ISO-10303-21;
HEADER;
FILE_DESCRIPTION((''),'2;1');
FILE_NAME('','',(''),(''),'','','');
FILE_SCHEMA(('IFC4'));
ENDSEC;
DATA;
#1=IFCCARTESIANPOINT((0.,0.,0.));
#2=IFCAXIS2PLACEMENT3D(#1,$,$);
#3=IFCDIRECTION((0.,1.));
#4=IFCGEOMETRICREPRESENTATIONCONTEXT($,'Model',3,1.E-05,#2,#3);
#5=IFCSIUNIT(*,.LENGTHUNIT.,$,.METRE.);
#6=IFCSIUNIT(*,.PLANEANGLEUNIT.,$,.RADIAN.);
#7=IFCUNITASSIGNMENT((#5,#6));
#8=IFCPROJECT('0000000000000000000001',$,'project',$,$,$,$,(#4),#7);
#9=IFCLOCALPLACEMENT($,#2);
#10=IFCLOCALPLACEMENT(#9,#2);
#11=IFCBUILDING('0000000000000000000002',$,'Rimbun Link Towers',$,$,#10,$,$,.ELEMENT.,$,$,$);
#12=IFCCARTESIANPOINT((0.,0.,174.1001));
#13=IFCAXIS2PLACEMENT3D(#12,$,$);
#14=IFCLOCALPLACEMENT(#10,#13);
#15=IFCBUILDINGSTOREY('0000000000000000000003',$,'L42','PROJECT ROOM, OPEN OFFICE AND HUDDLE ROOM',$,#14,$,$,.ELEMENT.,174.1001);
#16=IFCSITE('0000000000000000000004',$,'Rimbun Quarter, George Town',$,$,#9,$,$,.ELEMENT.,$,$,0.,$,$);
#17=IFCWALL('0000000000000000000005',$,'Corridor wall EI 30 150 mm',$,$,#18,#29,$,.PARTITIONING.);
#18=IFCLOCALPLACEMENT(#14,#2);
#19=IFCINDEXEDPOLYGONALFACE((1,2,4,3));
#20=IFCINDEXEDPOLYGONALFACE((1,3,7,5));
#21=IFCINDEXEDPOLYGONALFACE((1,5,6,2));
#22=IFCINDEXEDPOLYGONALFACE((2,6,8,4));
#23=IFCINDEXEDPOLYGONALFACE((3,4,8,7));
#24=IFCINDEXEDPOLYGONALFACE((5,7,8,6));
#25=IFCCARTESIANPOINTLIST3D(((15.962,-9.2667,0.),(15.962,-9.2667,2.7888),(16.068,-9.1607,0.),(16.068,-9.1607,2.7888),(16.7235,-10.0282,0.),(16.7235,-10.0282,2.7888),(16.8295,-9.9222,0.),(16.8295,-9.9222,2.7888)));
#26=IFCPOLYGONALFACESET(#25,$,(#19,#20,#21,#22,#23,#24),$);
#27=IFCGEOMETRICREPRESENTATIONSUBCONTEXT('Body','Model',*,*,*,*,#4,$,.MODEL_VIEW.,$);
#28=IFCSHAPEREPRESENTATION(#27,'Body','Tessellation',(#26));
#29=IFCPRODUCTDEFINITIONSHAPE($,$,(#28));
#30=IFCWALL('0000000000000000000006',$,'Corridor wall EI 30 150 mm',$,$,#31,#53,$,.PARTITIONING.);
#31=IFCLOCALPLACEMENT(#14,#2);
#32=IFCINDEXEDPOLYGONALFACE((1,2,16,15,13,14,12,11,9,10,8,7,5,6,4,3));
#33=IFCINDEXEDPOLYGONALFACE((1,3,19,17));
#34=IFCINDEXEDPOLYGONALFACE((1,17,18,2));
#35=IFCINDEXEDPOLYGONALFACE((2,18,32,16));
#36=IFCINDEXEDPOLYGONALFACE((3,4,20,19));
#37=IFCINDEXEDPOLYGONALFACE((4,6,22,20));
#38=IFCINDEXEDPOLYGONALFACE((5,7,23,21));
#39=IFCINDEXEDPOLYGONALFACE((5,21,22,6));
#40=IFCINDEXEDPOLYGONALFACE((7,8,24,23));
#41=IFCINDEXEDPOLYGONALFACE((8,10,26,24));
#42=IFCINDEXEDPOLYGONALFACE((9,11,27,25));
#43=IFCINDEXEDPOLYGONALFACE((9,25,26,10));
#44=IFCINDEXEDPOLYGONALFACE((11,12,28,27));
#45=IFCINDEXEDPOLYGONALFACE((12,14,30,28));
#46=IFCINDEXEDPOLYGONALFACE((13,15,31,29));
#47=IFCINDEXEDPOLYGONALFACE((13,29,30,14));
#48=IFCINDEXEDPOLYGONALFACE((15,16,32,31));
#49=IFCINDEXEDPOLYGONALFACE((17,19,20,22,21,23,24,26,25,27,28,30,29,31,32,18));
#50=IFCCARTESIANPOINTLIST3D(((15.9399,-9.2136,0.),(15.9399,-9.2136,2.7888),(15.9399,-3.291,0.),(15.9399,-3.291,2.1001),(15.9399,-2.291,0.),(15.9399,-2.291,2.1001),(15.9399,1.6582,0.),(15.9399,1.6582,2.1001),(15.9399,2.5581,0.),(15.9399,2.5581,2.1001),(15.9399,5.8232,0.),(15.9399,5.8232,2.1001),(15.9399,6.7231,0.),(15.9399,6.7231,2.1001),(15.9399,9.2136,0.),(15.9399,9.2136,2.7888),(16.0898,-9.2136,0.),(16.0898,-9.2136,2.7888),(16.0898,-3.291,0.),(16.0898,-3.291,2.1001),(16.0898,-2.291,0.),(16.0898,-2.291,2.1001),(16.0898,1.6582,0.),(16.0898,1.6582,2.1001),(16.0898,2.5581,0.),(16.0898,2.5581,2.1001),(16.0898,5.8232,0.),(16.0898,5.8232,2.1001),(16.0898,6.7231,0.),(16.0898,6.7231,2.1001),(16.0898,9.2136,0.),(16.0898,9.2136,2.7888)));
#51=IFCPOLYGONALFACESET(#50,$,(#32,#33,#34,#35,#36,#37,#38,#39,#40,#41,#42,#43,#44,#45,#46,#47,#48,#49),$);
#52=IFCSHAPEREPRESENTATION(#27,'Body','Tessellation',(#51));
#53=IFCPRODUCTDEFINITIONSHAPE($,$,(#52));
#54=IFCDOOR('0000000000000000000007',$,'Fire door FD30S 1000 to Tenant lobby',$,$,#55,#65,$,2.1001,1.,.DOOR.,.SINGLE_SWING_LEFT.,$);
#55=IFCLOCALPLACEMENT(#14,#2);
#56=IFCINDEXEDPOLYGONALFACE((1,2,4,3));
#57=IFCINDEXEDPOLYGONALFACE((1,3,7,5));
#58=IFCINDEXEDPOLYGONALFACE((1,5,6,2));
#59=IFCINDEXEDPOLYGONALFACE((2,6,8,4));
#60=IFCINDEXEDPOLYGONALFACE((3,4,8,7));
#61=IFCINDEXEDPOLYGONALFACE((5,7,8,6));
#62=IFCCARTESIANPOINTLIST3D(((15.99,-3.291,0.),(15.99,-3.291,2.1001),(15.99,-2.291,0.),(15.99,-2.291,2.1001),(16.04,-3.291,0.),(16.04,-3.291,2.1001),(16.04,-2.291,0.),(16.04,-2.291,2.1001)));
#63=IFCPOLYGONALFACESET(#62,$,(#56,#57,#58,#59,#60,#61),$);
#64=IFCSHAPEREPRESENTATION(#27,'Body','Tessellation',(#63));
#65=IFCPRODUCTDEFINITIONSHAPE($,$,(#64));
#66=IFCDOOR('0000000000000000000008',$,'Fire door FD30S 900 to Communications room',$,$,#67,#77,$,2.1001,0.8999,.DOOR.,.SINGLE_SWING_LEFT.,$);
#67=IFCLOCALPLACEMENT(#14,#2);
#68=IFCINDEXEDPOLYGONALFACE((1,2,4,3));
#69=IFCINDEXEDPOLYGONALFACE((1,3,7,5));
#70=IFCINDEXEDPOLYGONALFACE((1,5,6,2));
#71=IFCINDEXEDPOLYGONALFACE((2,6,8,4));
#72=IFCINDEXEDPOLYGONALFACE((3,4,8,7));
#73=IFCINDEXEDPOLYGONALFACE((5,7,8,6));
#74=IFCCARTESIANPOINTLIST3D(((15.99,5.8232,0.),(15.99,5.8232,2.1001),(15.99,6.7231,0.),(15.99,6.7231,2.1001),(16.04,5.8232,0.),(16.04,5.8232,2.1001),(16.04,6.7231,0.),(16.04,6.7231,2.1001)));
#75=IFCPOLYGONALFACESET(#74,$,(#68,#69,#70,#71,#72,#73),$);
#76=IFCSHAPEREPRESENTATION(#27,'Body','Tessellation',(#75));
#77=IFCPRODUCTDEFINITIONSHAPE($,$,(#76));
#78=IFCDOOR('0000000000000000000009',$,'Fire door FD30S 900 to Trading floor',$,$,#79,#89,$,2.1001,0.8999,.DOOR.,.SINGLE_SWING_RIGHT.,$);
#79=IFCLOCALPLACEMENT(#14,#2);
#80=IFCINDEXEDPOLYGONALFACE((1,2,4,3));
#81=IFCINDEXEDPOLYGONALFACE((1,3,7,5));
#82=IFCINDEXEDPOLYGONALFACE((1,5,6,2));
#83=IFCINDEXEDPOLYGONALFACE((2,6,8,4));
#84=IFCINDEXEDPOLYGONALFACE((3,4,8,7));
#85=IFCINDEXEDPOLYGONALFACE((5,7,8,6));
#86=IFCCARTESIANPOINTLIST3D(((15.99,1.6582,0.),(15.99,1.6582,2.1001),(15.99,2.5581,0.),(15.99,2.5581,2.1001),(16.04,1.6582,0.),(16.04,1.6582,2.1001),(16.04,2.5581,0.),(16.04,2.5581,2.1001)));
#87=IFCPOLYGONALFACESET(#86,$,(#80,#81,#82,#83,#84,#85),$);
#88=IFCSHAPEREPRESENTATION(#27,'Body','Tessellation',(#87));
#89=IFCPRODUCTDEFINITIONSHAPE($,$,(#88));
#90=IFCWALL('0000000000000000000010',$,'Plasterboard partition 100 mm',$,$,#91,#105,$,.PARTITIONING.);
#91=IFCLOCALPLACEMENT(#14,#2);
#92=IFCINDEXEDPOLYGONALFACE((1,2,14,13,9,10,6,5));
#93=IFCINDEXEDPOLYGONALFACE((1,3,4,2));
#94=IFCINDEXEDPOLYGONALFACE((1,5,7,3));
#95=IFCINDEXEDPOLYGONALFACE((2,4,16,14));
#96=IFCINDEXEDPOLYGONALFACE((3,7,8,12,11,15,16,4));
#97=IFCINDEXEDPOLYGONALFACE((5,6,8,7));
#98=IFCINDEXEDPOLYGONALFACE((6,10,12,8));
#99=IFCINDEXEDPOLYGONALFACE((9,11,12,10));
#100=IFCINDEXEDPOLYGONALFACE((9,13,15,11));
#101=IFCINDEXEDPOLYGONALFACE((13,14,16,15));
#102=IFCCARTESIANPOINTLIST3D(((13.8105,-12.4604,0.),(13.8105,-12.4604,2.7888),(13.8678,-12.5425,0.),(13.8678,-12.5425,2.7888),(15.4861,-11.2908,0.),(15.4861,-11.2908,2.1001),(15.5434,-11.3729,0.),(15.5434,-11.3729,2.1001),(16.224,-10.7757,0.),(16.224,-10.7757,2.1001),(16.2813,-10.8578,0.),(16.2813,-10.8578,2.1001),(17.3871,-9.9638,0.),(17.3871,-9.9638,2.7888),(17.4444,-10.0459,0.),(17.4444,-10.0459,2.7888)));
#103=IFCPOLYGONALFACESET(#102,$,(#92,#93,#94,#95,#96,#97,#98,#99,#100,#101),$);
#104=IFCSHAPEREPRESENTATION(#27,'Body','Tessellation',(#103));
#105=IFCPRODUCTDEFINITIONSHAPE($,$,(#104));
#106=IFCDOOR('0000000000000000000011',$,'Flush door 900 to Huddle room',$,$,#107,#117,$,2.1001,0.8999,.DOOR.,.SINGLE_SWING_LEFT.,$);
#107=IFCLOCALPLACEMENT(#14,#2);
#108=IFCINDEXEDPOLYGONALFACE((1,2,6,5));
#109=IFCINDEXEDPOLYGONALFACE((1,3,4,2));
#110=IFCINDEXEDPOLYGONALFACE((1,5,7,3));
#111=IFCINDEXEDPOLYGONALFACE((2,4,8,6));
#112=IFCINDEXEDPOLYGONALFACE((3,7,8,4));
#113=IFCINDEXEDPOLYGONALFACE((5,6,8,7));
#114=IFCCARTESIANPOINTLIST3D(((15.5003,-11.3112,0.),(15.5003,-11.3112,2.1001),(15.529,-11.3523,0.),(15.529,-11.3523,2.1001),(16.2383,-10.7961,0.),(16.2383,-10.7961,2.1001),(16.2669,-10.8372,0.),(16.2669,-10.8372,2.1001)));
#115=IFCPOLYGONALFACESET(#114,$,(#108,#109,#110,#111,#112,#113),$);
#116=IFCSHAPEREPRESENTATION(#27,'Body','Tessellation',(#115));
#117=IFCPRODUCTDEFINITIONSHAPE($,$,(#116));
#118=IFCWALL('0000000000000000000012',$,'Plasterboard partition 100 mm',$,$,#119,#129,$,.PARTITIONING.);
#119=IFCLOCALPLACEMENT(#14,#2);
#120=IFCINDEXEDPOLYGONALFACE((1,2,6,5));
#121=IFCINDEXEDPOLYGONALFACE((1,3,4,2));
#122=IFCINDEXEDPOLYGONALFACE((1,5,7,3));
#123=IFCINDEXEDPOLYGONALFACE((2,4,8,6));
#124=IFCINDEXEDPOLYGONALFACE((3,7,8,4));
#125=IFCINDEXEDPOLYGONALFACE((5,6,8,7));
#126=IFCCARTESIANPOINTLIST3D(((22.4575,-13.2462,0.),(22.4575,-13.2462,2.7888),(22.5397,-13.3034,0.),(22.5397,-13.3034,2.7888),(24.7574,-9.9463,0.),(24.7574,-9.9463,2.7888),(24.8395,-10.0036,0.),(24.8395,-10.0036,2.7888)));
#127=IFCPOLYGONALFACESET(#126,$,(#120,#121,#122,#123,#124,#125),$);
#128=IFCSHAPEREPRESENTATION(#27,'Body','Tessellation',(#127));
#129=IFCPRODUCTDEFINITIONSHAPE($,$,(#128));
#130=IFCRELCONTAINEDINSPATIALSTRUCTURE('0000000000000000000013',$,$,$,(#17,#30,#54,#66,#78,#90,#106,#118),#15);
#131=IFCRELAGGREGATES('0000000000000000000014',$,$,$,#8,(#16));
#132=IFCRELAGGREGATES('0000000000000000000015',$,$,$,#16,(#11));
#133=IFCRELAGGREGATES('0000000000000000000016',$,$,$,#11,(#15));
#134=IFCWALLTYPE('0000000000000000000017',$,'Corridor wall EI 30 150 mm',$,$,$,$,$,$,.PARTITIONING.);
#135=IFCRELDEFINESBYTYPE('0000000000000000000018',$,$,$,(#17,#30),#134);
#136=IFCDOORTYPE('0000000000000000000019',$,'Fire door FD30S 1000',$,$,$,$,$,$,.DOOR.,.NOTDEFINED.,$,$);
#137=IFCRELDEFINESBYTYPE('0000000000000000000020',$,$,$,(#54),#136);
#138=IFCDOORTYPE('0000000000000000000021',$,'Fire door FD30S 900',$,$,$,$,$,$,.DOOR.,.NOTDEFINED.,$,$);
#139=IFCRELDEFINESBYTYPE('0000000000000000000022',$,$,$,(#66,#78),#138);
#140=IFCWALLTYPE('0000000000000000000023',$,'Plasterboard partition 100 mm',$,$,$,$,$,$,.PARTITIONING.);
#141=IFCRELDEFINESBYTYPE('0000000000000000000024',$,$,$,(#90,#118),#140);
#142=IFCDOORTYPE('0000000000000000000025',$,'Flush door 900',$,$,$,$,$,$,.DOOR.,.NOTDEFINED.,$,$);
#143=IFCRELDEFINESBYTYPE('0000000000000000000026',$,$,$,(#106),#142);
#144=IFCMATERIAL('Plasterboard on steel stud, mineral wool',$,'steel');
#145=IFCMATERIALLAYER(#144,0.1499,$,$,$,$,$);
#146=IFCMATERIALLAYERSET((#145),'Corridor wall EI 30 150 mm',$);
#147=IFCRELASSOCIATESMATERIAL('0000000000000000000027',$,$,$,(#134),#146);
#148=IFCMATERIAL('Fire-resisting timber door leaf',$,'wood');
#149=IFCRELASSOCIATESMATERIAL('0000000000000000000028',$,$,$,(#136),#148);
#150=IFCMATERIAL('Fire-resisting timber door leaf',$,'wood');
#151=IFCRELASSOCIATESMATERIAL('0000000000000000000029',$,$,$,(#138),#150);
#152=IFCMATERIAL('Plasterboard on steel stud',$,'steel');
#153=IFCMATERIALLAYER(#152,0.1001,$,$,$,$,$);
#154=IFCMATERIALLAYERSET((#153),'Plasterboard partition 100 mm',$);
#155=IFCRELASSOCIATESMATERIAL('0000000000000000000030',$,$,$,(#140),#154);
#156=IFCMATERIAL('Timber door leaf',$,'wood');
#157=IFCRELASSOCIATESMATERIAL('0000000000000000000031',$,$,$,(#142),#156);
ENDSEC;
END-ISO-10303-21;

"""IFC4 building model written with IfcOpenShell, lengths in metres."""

from ifc_helpers import new_model, si_unit, direction, frame, frame_2d, origin, place, context, subcontext, project, spatial, rectangle, extrude, material, layer, layer_set, type_object, element, fill, save


model = new_model("IFC4")

# Units and contexts
model_context = context("Model", 3, precision=1e-05, world=origin(), true_north=direction((0.0, 1.0)))
body_context = subcontext(model_context, "Body", "Model", "MODEL_VIEW")
ifc_project = project(units=[si_unit("LENGTHUNIT", "METRE"), si_unit("PLANEANGLEUNIT", "RADIAN")], contexts=[model_context])

# Site, building, storey
site_placement = place(None, origin())
site = spatial("IfcSite", under=ifc_project, at=site_placement, Name="Rimbun Quarter, George Town", CompositionType="ELEMENT", RefElevation=0.0)
building_placement = place(site_placement, origin())
building = spatial("IfcBuilding", under=site, at=building_placement, Name="Rimbun Link Towers", CompositionType="ELEMENT")
storey_placement = place(building_placement, frame((0.0, 0.0, 174.1001)))
storey = spatial("IfcBuildingStorey", under=building, at=storey_placement, Name="L42", Description="PROJECT ROOM, OPEN OFFICE AND HUDDLE ROOM", CompositionType="ELEMENT", Elevation=174.1001)

# Wall
ifc_material_1 = material(Name="Plasterboard on steel stud, mineral wool", Category="steel")
ifc_layer_1 = layer(ifc_material_1, 0.1499)
ifc_layer_set_1 = layer_set([ifc_layer_1], Name="Corridor wall EI 30 150 mm")
wall_type_1 = type_object("IfcWallType", Name="Corridor wall EI 30 150 mm", PredefinedType="PARTITIONING", material=ifc_layer_set_1)
wall_1_placement = place(storey_placement, frame((16.0149, -9.2136, 0.0), z_axis=(0.0, 0.0, 1.0), x_axis=(0.707107, -0.707107, 0.0)))
element("IfcWall", 1, at=wall_1_placement, inside=storey, type_object=wall_type_1, Name="Corridor wall EI 30 150 mm", PredefinedType="PARTITIONING", context=body_context, shape_type="SweptSolid", body=[
    extrude(rectangle(XDim=1.0769, YDim=0.1499, at=frame_2d((0.5386, 0.0))), origin(), (0.0, 0.0, 1.0), 2.7888),
])

# Wall, openings, doors
wall_2_placement = place(storey_placement, frame((16.0149, -9.2136, 0.0), z_axis=(0.0, 0.0, 1.0), x_axis=(0.0, 1.0, 0.0)))
wall_2 = element("IfcWall", 2, at=wall_2_placement, inside=storey, type_object=wall_type_1, Name="Corridor wall EI 30 150 mm", PredefinedType="PARTITIONING", context=body_context, shape_type="SweptSolid", body=[
    extrude(rectangle(XDim=18.4272, YDim=0.1499, at=frame_2d((9.2136, 0.0))), origin(), (0.0, 0.0, 1.0), 2.7888),
])
opening_1_placement = place(wall_2_placement, frame((15.0369, 0.0, 0.0)))
opening_1 = element("IfcOpeningElement", 3, at=opening_1_placement, cuts=wall_2, PredefinedType="OPENING", context=body_context, shape_type="SweptSolid", body=[
    extrude(rectangle(XDim=0.8999, YDim=2.1001, at=frame_2d((0.45, 1.05))), frame((0.0, 0.085, 0.0), z_axis=(0.0, -1.0, 0.0), x_axis=(1.0, 0.0, 0.0)), (0.0, 0.0, 1.0), 0.1699),
])
opening_2_placement = place(wall_2_placement, frame((10.8718, 0.0, 0.0)))
opening_2 = element("IfcOpeningElement", 4, at=opening_2_placement, cuts=wall_2, PredefinedType="OPENING", context=body_context, shape_type="SweptSolid", body=[
    extrude(rectangle(XDim=0.8999, YDim=2.1001, at=frame_2d((0.45, 1.05))), frame((0.0, 0.085, 0.0), z_axis=(0.0, -1.0, 0.0), x_axis=(1.0, 0.0, 0.0)), (0.0, 0.0, 1.0), 0.1699),
])
opening_3_placement = place(wall_2_placement, frame((5.9226, 0.0, 0.0)))
opening_3 = element("IfcOpeningElement", 5, at=opening_3_placement, cuts=wall_2, PredefinedType="OPENING", context=body_context, shape_type="SweptSolid", body=[
    extrude(rectangle(XDim=1.0, YDim=2.1001, at=frame_2d((0.5, 1.05))), frame((0.0, 0.085, 0.0), z_axis=(0.0, -1.0, 0.0), x_axis=(1.0, 0.0, 0.0)), (0.0, 0.0, 1.0), 0.1699),
])
ifc_material_2 = material(Name="Fire-resisting timber door leaf", Category="wood")
door_type_1 = type_object("IfcDoorType", Name="Fire door FD30S 1000", OperationType="NOTDEFINED", PredefinedType="DOOR", material=ifc_material_2)
door_1_placement = place(opening_3_placement, origin())
door_1 = element("IfcDoor", 6, at=door_1_placement, inside=storey, type_object=door_type_1, Name="Fire door FD30S 1000 to Tenant lobby", OperationType="SINGLE_SWING_LEFT", OverallHeight=2.1001, OverallWidth=1.0, PredefinedType="DOOR", context=body_context, shape_type="SweptSolid", body=[
    extrude(rectangle(XDim=1.0, YDim=2.1001, at=frame_2d((0.5, 1.05))), frame((0.0, 0.0249, 0.0), z_axis=(0.0, -1.0, 0.0), x_axis=(1.0, 0.0, 0.0)), (0.0, 0.0, 1.0), 0.05),
])
fill(opening_3, door_1)
ifc_material_3 = material(Name="Fire-resisting timber door leaf", Category="wood")
door_type_2 = type_object("IfcDoorType", Name="Fire door FD30S 900", OperationType="NOTDEFINED", PredefinedType="DOOR", material=ifc_material_3)
door_2_placement = place(opening_1_placement, origin())
door_2 = element("IfcDoor", 7, at=door_2_placement, inside=storey, type_object=door_type_2, Name="Fire door FD30S 900 to Communications room", OperationType="SINGLE_SWING_LEFT", OverallHeight=2.1001, OverallWidth=0.8999, PredefinedType="DOOR", context=body_context, shape_type="SweptSolid", body=[
    extrude(rectangle(XDim=0.8999, YDim=2.1001, at=frame_2d((0.45, 1.05))), frame((0.0, 0.0249, 0.0), z_axis=(0.0, -1.0, 0.0), x_axis=(1.0, 0.0, 0.0)), (0.0, 0.0, 1.0), 0.05),
])
fill(opening_1, door_2)
door_3_placement = place(opening_2_placement, origin())
door_3 = element("IfcDoor", 8, at=door_3_placement, inside=storey, type_object=door_type_2, Name="Fire door FD30S 900 to Trading floor", OperationType="SINGLE_SWING_RIGHT", OverallHeight=2.1001, OverallWidth=0.8999, PredefinedType="DOOR", context=body_context, shape_type="SweptSolid", body=[
    extrude(rectangle(XDim=0.8999, YDim=2.1001, at=frame_2d((0.45, 1.05))), frame((0.0, 0.0249, 0.0), z_axis=(0.0, -1.0, 0.0), x_axis=(1.0, 0.0, 0.0)), (0.0, 0.0, 1.0), 0.05),
])
fill(opening_2, door_3)

# Wall, opening, door
ifc_material_4 = material(Name="Plasterboard on steel stud", Category="steel")
ifc_layer_2 = layer(ifc_material_4, 0.1001)
ifc_layer_set_2 = layer_set([ifc_layer_2], Name="Plasterboard partition 100 mm")
wall_type_2 = type_object("IfcWallType", Name="Plasterboard partition 100 mm", PredefinedType="PARTITIONING", material=ifc_layer_set_2)
wall_3_placement = place(storey_placement, frame((17.4158, -10.0049, 0.0), z_axis=(0.0, 0.0, 1.0), x_axis=(-0.819994, -0.572372, 0.0)))
wall_3 = element("IfcWall", 9, at=wall_3_placement, inside=storey, type_object=wall_type_2, Name="Plasterboard partition 100 mm", PredefinedType="PARTITIONING", context=body_context, shape_type="SweptSolid", body=[
    extrude(rectangle(XDim=4.3618, YDim=0.1001, at=frame_2d((2.1809, 0.0))), origin(), (0.0, 0.0, 1.0), 2.7888),
])
opening_4_placement = place(wall_3_placement, frame((1.4185, 0.0, 0.0)))
opening_4 = element("IfcOpeningElement", 10, at=opening_4_placement, cuts=wall_3, PredefinedType="OPENING", context=body_context, shape_type="SweptSolid", body=[
    extrude(rectangle(XDim=0.8999, YDim=2.1001, at=frame_2d((0.45, 1.05))), frame((0.0, 0.0601, 0.0), z_axis=(0.0, -1.0, 0.0), x_axis=(1.0, 0.0, 0.0)), (0.0, 0.0, 1.0), 0.1201),
])
ifc_material_5 = material(Name="Timber door leaf", Category="wood")
door_type_3 = type_object("IfcDoorType", Name="Flush door 900", OperationType="NOTDEFINED", PredefinedType="DOOR", material=ifc_material_5)
door_4_placement = place(opening_4_placement, origin())
door_4 = element("IfcDoor", 11, at=door_4_placement, inside=storey, type_object=door_type_3, Name="Flush door 900 to Huddle room", OperationType="SINGLE_SWING_LEFT", OverallHeight=2.1001, OverallWidth=0.8999, PredefinedType="DOOR", context=body_context, shape_type="SweptSolid", body=[
    extrude(rectangle(XDim=0.8999, YDim=2.1001, at=frame_2d((0.45, 1.05))), frame((0.0, 0.0249, 0.0), z_axis=(0.0, -1.0, 0.0), x_axis=(1.0, 0.0, 0.0)), (0.0, 0.0, 1.0), 0.05),
])
fill(opening_4, door_4)

# Wall
wall_4_placement = place(storey_placement, frame((22.4985, -13.2749, 0.0), z_axis=(0.0, 0.0, 1.0), x_axis=(0.571783, 0.820405, 0.0)))
element("IfcWall", 12, at=wall_4_placement, inside=storey, type_object=wall_type_2, Name="Plasterboard partition 100 mm", PredefinedType="PARTITIONING", context=body_context, shape_type="SweptSolid", body=[
    extrude(rectangle(XDim=4.0222, YDim=0.1001, at=frame_2d((2.0112, 0.0))), origin(), (0.0, 0.0, 1.0), 2.7888),
])

save(model, "model.ifc")
